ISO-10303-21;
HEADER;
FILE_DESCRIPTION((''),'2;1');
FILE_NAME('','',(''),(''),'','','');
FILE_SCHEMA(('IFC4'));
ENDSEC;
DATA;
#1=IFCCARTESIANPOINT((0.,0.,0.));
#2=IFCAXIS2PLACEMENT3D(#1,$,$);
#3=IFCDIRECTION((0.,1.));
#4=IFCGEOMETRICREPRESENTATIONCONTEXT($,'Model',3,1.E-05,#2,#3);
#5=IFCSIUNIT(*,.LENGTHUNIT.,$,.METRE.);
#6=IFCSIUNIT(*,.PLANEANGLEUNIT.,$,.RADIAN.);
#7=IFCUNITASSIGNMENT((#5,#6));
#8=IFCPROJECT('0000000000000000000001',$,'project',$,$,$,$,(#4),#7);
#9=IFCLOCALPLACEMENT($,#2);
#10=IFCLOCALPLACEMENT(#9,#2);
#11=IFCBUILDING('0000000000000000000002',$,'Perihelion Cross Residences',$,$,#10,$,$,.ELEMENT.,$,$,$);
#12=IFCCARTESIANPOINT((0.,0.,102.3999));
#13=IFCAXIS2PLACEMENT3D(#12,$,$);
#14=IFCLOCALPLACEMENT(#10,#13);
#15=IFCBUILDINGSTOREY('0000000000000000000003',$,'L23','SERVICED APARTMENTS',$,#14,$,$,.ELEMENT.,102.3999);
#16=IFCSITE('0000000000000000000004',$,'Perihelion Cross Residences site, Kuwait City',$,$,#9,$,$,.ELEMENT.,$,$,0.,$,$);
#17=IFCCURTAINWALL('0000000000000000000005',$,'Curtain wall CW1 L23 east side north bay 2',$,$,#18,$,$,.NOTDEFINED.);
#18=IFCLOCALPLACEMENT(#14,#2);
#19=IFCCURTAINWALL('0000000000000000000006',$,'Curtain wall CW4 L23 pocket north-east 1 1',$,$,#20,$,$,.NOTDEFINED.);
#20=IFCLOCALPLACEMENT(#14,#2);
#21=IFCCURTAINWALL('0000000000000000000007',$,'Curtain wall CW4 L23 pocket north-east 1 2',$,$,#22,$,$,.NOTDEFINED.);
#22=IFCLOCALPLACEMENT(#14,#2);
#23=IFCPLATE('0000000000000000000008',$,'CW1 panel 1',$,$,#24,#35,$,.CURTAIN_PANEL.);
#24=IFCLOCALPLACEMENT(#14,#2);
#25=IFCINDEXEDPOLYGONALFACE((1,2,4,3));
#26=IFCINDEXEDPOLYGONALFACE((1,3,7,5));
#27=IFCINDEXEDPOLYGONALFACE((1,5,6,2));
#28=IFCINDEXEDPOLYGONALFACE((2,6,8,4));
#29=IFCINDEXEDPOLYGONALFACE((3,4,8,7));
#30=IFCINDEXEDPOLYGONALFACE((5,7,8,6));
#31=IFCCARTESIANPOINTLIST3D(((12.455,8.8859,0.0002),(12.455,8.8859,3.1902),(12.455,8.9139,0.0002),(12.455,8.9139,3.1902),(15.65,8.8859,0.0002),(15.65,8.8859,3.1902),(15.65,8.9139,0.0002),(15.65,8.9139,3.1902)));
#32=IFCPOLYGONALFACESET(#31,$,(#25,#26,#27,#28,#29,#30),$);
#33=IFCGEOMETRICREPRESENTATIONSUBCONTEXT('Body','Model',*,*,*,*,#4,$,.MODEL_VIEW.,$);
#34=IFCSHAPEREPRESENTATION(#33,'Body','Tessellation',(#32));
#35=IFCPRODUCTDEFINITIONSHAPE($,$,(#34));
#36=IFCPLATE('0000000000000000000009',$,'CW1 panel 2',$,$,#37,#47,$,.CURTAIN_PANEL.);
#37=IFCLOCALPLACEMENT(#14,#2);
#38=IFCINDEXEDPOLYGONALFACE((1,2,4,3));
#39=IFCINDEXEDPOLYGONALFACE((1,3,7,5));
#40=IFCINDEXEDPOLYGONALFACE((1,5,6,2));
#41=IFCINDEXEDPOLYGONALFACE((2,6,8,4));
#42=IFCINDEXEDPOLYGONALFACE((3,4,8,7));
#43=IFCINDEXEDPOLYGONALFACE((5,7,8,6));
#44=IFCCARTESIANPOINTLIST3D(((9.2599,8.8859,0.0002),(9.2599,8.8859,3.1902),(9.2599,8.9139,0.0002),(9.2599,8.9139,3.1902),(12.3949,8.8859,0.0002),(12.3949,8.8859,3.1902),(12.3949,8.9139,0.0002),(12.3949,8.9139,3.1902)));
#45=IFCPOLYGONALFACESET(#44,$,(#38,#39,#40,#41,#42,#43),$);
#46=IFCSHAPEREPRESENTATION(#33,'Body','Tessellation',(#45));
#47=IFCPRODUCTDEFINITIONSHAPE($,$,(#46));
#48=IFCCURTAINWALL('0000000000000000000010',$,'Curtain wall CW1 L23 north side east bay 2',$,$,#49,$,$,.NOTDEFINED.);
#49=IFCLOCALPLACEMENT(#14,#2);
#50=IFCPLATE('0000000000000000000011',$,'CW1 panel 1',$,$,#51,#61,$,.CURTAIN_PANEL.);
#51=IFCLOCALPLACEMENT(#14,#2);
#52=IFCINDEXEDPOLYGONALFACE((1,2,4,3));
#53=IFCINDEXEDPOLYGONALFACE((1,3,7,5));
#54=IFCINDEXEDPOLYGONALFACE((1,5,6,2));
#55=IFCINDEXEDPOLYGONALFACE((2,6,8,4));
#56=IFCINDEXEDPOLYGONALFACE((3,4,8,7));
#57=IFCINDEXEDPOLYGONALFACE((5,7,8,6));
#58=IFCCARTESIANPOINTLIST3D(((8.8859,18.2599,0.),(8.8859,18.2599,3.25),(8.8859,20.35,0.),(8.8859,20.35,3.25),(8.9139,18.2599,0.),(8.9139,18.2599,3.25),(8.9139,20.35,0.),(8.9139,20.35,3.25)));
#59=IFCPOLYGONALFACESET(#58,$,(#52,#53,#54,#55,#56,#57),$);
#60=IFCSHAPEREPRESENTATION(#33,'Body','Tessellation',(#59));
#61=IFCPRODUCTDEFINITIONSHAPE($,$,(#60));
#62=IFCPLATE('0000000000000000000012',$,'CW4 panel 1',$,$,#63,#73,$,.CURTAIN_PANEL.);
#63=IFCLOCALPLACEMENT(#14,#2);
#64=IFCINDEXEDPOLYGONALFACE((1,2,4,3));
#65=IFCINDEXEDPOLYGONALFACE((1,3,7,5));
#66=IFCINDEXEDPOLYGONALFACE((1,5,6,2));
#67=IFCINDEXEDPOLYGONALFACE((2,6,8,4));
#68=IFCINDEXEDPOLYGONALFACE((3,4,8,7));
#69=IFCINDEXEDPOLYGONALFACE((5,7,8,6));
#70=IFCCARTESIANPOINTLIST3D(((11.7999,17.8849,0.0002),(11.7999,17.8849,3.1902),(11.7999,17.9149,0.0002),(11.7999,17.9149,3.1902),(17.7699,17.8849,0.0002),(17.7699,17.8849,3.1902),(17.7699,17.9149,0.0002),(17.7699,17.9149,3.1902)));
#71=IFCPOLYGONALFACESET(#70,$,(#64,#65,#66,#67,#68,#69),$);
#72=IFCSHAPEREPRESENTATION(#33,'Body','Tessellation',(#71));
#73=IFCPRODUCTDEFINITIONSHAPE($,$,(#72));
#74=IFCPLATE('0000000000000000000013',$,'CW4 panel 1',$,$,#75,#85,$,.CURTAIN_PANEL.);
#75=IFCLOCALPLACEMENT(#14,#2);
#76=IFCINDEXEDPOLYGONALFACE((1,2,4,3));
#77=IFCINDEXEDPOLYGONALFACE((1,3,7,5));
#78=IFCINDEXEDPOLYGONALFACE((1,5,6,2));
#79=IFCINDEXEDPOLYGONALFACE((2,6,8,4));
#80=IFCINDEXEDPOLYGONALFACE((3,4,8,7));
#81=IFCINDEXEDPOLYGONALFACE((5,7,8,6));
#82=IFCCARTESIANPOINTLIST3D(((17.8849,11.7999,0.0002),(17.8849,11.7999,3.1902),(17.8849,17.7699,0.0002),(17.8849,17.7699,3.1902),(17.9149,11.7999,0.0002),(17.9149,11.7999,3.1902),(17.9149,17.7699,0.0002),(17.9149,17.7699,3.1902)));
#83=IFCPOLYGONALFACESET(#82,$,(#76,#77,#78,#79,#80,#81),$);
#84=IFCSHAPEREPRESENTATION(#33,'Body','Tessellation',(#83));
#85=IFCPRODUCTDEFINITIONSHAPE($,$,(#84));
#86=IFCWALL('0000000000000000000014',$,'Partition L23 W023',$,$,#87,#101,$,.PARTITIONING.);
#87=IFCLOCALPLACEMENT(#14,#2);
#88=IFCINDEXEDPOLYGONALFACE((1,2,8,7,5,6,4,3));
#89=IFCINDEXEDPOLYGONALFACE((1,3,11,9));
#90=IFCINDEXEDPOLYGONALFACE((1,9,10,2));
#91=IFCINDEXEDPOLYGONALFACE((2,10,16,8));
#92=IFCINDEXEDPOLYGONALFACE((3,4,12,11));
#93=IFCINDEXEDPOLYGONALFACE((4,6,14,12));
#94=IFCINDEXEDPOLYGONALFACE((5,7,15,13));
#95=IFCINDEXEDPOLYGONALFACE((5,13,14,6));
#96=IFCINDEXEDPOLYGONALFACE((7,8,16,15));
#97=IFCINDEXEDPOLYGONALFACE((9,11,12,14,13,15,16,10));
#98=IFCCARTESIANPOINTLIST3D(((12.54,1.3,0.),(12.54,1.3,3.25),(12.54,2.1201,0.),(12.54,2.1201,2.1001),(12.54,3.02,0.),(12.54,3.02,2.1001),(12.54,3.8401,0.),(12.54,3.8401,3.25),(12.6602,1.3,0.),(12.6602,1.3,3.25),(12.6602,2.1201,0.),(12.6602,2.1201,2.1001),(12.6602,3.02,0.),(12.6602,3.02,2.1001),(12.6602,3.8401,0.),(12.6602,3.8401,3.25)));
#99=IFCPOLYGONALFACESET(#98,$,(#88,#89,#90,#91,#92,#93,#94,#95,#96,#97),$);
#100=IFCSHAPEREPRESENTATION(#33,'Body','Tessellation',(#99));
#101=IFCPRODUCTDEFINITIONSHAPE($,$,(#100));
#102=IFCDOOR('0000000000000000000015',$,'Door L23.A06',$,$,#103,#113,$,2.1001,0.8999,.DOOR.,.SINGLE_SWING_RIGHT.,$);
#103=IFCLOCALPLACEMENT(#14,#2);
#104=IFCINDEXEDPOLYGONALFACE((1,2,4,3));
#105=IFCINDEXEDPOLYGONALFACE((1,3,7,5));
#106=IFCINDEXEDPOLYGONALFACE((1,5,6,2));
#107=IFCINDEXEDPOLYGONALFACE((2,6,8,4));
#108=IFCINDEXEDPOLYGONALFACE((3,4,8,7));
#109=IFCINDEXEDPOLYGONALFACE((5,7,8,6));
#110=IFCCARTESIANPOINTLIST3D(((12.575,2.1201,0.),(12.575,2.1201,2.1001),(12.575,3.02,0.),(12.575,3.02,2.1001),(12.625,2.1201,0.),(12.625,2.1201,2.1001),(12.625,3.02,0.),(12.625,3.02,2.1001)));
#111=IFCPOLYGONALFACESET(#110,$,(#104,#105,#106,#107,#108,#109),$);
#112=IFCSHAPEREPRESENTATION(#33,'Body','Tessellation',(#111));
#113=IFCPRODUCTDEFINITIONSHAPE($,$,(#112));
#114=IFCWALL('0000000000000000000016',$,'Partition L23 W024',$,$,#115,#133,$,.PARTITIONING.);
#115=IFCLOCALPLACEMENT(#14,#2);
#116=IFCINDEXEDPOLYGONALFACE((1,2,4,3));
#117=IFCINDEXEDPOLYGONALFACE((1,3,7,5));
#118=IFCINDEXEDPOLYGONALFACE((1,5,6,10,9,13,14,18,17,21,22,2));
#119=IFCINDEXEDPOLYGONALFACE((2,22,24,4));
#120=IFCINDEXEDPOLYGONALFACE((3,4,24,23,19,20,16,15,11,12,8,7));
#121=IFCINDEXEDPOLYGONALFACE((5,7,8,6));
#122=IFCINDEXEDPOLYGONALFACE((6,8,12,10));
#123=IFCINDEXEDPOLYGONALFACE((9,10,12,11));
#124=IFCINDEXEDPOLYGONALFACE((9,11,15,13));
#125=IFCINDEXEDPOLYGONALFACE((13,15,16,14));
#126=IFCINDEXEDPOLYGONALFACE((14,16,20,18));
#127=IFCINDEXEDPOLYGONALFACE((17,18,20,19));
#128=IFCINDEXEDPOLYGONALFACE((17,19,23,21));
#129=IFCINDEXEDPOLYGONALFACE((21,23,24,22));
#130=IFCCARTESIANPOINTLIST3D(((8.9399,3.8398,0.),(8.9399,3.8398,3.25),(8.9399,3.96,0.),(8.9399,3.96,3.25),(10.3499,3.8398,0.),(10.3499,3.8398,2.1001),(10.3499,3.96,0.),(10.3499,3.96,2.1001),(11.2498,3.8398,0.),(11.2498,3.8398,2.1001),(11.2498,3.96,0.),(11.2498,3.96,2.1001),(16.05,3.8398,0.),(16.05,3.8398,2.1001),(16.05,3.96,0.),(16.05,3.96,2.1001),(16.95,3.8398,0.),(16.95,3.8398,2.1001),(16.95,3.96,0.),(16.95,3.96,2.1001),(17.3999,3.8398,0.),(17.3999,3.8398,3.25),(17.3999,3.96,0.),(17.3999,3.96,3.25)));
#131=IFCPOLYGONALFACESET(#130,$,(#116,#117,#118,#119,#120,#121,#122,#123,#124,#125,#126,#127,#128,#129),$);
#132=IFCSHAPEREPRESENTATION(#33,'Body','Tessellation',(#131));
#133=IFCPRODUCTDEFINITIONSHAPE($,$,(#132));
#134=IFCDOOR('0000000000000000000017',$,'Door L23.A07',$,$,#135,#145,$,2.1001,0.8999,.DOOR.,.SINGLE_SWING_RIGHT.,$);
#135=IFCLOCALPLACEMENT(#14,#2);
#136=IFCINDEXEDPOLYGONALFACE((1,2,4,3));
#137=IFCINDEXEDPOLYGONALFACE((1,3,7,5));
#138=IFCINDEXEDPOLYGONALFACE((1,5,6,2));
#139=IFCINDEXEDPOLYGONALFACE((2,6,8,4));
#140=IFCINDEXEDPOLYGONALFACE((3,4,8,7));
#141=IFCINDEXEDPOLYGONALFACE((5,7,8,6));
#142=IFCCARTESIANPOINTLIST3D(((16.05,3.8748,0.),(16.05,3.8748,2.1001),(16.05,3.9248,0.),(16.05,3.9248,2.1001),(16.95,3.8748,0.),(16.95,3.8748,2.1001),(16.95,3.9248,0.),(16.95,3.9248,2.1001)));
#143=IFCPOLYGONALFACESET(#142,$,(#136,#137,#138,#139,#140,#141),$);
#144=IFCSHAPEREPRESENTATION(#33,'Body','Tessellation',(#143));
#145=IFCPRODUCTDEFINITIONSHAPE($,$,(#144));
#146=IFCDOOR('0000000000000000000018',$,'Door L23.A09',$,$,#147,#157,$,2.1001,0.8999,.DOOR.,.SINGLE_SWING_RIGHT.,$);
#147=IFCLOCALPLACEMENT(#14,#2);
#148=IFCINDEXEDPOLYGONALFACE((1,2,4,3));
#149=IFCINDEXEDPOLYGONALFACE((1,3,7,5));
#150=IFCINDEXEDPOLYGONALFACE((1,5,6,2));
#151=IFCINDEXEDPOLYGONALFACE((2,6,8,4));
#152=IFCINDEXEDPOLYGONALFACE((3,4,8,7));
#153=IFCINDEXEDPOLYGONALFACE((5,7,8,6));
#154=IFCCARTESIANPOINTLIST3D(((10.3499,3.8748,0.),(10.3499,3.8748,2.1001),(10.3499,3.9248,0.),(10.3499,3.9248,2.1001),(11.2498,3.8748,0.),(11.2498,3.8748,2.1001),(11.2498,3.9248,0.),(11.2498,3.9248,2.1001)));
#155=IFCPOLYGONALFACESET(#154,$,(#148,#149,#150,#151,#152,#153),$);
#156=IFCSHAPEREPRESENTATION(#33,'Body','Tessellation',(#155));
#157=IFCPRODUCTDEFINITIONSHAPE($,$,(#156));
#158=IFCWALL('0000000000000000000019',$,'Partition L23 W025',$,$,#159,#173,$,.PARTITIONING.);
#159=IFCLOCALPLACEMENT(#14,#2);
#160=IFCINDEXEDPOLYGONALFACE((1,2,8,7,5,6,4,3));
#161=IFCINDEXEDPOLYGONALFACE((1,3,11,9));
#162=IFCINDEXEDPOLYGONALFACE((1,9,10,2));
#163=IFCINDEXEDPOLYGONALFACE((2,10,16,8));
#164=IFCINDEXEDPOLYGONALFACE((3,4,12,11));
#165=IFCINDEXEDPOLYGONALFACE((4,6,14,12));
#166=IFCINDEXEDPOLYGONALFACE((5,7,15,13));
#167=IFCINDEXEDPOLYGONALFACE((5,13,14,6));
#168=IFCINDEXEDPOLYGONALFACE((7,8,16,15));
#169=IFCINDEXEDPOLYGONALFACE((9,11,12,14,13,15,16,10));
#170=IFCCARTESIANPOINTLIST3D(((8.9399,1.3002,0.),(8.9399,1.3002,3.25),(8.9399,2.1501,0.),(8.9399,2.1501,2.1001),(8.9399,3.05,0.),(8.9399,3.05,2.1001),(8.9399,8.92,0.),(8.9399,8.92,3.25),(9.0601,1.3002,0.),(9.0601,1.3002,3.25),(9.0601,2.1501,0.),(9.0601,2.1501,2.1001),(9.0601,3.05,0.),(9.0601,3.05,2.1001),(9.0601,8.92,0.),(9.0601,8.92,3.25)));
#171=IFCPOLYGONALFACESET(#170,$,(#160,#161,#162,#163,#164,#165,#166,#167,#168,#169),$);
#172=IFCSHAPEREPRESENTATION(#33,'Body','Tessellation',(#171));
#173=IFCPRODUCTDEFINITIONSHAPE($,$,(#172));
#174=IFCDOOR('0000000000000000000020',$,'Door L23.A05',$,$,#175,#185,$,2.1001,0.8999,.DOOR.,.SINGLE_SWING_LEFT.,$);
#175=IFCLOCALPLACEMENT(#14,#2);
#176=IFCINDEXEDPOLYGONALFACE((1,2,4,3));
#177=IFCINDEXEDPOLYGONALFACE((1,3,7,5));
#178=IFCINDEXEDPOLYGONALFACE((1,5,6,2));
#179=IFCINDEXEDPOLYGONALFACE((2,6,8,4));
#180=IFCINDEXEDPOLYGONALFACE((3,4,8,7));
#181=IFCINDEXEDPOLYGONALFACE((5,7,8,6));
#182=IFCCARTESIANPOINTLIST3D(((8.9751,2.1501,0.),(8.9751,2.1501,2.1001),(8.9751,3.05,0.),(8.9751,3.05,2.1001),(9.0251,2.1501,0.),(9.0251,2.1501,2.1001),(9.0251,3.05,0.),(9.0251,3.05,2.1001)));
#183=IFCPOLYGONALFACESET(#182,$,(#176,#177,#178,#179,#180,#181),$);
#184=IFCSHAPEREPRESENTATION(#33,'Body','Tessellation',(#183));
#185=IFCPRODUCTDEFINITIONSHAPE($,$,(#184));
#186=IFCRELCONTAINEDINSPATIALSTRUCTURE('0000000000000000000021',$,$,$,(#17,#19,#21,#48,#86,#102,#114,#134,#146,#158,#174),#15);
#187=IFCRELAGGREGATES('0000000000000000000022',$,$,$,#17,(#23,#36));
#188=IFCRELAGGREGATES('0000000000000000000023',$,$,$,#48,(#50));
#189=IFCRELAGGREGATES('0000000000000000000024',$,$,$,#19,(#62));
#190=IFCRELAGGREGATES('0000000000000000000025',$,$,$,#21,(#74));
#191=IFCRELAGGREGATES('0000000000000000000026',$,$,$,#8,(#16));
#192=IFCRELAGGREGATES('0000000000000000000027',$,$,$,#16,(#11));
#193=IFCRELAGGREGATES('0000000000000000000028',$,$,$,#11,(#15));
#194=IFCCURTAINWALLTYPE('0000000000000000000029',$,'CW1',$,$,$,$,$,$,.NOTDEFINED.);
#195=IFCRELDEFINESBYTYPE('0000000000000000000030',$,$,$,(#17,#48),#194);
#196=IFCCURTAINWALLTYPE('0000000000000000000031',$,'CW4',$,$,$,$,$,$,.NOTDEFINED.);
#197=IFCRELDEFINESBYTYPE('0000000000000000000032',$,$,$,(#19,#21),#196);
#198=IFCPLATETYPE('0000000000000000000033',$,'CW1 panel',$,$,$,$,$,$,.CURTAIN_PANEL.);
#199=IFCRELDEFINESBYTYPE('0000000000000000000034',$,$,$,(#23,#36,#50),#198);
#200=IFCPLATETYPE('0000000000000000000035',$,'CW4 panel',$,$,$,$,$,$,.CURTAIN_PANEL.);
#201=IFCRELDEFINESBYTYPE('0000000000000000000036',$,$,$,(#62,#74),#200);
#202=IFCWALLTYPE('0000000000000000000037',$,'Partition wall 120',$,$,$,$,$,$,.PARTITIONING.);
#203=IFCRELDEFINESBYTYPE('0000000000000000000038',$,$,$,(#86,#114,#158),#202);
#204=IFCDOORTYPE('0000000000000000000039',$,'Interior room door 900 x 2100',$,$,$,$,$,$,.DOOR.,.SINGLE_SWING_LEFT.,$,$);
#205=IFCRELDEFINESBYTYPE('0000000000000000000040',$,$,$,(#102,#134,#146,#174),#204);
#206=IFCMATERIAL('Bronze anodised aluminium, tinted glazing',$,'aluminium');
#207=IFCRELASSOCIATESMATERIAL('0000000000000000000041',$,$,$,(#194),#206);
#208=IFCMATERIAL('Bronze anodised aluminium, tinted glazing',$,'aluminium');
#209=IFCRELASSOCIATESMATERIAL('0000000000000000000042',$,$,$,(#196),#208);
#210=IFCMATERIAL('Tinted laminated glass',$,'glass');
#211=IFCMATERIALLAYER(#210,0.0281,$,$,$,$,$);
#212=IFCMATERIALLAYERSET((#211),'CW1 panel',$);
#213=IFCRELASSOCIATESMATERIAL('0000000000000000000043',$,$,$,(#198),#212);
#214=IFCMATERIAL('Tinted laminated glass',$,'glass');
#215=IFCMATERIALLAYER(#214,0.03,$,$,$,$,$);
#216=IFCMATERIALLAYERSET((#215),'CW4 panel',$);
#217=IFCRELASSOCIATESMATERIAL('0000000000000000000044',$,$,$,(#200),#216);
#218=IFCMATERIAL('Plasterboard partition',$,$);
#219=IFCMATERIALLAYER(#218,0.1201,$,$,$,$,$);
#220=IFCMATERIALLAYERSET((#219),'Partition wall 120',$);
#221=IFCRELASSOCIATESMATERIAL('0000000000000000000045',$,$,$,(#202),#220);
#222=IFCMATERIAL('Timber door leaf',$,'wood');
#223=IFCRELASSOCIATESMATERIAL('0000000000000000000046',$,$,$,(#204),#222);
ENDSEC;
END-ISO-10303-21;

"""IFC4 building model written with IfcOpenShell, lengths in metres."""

from ifc_helpers import new_model, si_unit, direction, frame, frame_2d, origin, origin_2d, place, context, subcontext, project, spatial, rectangle, extrude, material, layer, layer_set, type_object, element, fill, aggregate, save


model = new_model("IFC4")

# Units and contexts
model_context = context("Model", 3, precision=1e-05, world=origin(), true_north=direction((0.0, 1.0)))
body_context = subcontext(model_context, "Body", "Model", "MODEL_VIEW")
ifc_project = project(units=[si_unit("LENGTHUNIT", "METRE"), si_unit("PLANEANGLEUNIT", "RADIAN")], contexts=[model_context])

# Site, building, storey
site_placement = place(None, origin())
site = spatial("IfcSite", under=ifc_project, at=site_placement, Name="Perihelion Cross Residences site, Kuwait City", CompositionType="ELEMENT", RefElevation=0.0)
building_placement = place(site_placement, origin())
building = spatial("IfcBuilding", under=site, at=building_placement, Name="Perihelion Cross Residences", CompositionType="ELEMENT")
storey_placement = place(building_placement, frame((0.0, 0.0, 102.3999)))
storey = spatial("IfcBuildingStorey", under=building, at=storey_placement, Name="L23", Description="SERVICED APARTMENTS", CompositionType="ELEMENT", Elevation=102.3999)

# Curtain walls
ifc_material_1 = material(Name="Bronze anodised aluminium, tinted glazing", Category="aluminium")
curtain_wall_type_1 = type_object("IfcCurtainWallType", Name="CW1", PredefinedType="NOTDEFINED", material=ifc_material_1)
curtain_wall_1_placement = place(storey_placement, origin())
curtain_wall_1 = element("IfcCurtainWall", 1, at=curtain_wall_1_placement, inside=storey, type_object=curtain_wall_type_1, Name="Curtain wall CW1 L23 east side north bay 2", PredefinedType="NOTDEFINED")
ifc_material_2 = material(Name="Bronze anodised aluminium, tinted glazing", Category="aluminium")
curtain_wall_type_2 = type_object("IfcCurtainWallType", Name="CW4", PredefinedType="NOTDEFINED", material=ifc_material_2)
curtain_wall_2_placement = place(storey_placement, origin())
curtain_wall_2 = element("IfcCurtainWall", 2, at=curtain_wall_2_placement, inside=storey, type_object=curtain_wall_type_2, Name="Curtain wall CW4 L23 pocket north-east 1 1", PredefinedType="NOTDEFINED")
curtain_wall_3_placement = place(storey_placement, origin())
curtain_wall_3 = element("IfcCurtainWall", 3, at=curtain_wall_3_placement, inside=storey, type_object=curtain_wall_type_2, Name="Curtain wall CW4 L23 pocket north-east 1 2", PredefinedType="NOTDEFINED")

# Plates
ifc_material_3 = material(Name="Tinted laminated glass", Category="glass")
ifc_layer_1 = layer(ifc_material_3, 0.0281)
ifc_layer_set_1 = layer_set([ifc_layer_1], Name="CW1 panel")
plate_type_1 = type_object("IfcPlateType", Name="CW1 panel", PredefinedType="CURTAIN_PANEL", material=ifc_layer_set_1)
plate_1_placement = place(storey_placement, frame((14.0525, 8.8999, 0.0002), z_axis=(0.0, 0.0, 1.0), x_axis=(-1.0, 0.0, 0.0)))
plate_1 = element("IfcPlate", 4, at=plate_1_placement, type_object=plate_type_1, Name="CW1 panel 1", PredefinedType="CURTAIN_PANEL", context=body_context, shape_type="SweptSolid", body=[
    extrude(rectangle(XDim=3.1951, YDim=0.0281, at=origin_2d()), origin(), (0.0, 0.0, 1.0), 3.1899),
])
plate_2_placement = place(storey_placement, frame((10.8274, 8.8999, 0.0002), z_axis=(0.0, 0.0, 1.0), x_axis=(-1.0, 0.0, 0.0)))
plate_2 = element("IfcPlate", 5, at=plate_2_placement, type_object=plate_type_1, Name="CW1 panel 2", PredefinedType="CURTAIN_PANEL", context=body_context, shape_type="SweptSolid", body=[
    extrude(rectangle(XDim=3.135, YDim=0.0281, at=origin_2d()), origin(), (0.0, 0.0, 1.0), 3.1899),
])
aggregate(curtain_wall_1, [plate_1, plate_2])

# Curtain wall, plate
curtain_wall_4_placement = place(storey_placement, origin())
curtain_wall_4 = element("IfcCurtainWall", 6, at=curtain_wall_4_placement, inside=storey, type_object=curtain_wall_type_1, Name="Curtain wall CW1 L23 north side east bay 2", PredefinedType="NOTDEFINED")
plate_3_placement = place(storey_placement, frame((8.8999, 19.3049, 0.0), z_axis=(0.0, 0.0, 1.0), x_axis=(0.0, 1.0, 0.0)))
plate_3 = element("IfcPlate", 7, at=plate_3_placement, type_object=plate_type_1, Name="CW1 panel 1", PredefinedType="CURTAIN_PANEL", context=body_context, shape_type="SweptSolid", body=[
    extrude(rectangle(XDim=2.0901, YDim=0.0281, at=origin_2d()), origin(), (0.0, 0.0, 1.0), 3.25),
])
aggregate(curtain_wall_4, [plate_3])

# Plates
ifc_material_4 = material(Name="Tinted laminated glass", Category="glass")
ifc_layer_2 = layer(ifc_material_4, 0.03)
ifc_layer_set_2 = layer_set([ifc_layer_2], Name="CW4 panel")
plate_type_2 = type_object("IfcPlateType", Name="CW4 panel", PredefinedType="CURTAIN_PANEL", material=ifc_layer_set_2)
plate_4_placement = place(storey_placement, frame((14.7849, 17.8999, 0.0002), z_axis=(0.0, 0.0, 1.0), x_axis=(1.0, 0.0, 0.0)))
plate_4 = element("IfcPlate", 8, at=plate_4_placement, type_object=plate_type_2, Name="CW4 panel 1", PredefinedType="CURTAIN_PANEL", context=body_context, shape_type="SweptSolid", body=[
    extrude(rectangle(XDim=5.97, YDim=0.03, at=origin_2d()), origin(), (0.0, 0.0, 1.0), 3.1899),
])
aggregate(curtain_wall_2, [plate_4])
plate_5_placement = place(storey_placement, frame((17.8999, 14.7849, 0.0002), z_axis=(0.0, 0.0, 1.0), x_axis=(0.0, -1.0, 0.0)))
plate_5 = element("IfcPlate", 9, at=plate_5_placement, type_object=plate_type_2, Name="CW4 panel 1", PredefinedType="CURTAIN_PANEL", context=body_context, shape_type="SweptSolid", body=[
    extrude(rectangle(XDim=5.97, YDim=0.03, at=origin_2d()), origin(), (0.0, 0.0, 1.0), 3.1899),
])
aggregate(curtain_wall_3, [plate_5])

# Wall, opening, door
ifc_material_5 = material(Name="Plasterboard partition")
ifc_layer_3 = layer(ifc_material_5, 0.1201)
ifc_layer_set_3 = layer_set([ifc_layer_3], Name="Partition wall 120")
wall_type_1 = type_object("IfcWallType", Name="Partition wall 120", PredefinedType="PARTITIONING", material=ifc_layer_set_3)
wall_1_placement = place(storey_placement, frame((12.6001, 3.8401, 0.0), z_axis=(0.0, 0.0, 1.0), x_axis=(0.0, -1.0, 0.0)))
wall_1 = element("IfcWall", 10, at=wall_1_placement, inside=storey, type_object=wall_type_1, Name="Partition L23 W023", PredefinedType="PARTITIONING", context=body_context, shape_type="SweptSolid", body=[
    extrude(rectangle(XDim=2.54, YDim=0.1201, at=frame_2d((1.27, 0.0))), origin(), (0.0, 0.0, 1.0), 3.25),
])
opening_1_placement = place(wall_1_placement, frame((0.8201, 0.0, 0.0)))
opening_1 = element("IfcOpeningElement", 11, at=opening_1_placement, cuts=wall_1, PredefinedType="OPENING", context=body_context, shape_type="SweptSolid", body=[
    extrude(rectangle(XDim=0.8999, YDim=2.1001, at=frame_2d((0.45, 1.05))), frame((0.0, 0.0701, 0.0), z_axis=(0.0, -1.0, 0.0), x_axis=(1.0, 0.0, 0.0)), (0.0, 0.0, 1.0), 0.1401),
])
ifc_material_6 = material(Name="Timber door leaf", Category="wood")
door_type_1 = type_object("IfcDoorType", Name="Interior room door 900 x 2100", OperationType="SINGLE_SWING_LEFT", PredefinedType="DOOR", material=ifc_material_6)
door_1_placement = place(opening_1_placement, origin())
door_1 = element("IfcDoor", 12, at=door_1_placement, inside=storey, type_object=door_type_1, Name="Door L23.A06", OperationType="SINGLE_SWING_RIGHT", OverallHeight=2.1001, OverallWidth=0.8999, PredefinedType="DOOR", context=body_context, shape_type="SweptSolid", body=[
    extrude(rectangle(XDim=0.8999, YDim=2.1001, at=frame_2d((0.45, 1.05))), frame((0.0, 0.0249, 0.0), z_axis=(0.0, -1.0, 0.0), x_axis=(1.0, 0.0, 0.0)), (0.0, 0.0, 1.0), 0.05),
])
fill(opening_1, door_1)

# Wall, openings, doors
wall_2_placement = place(storey_placement, frame((8.9399, 3.8999, 0.0), z_axis=(0.0, 0.0, 1.0), x_axis=(1.0, 0.0, 0.0)))
wall_2 = element("IfcWall", 13, at=wall_2_placement, inside=storey, type_object=wall_type_1, Name="Partition L23 W024", PredefinedType="PARTITIONING", context=body_context, shape_type="SweptSolid", body=[
    extrude(rectangle(XDim=8.46, YDim=0.1201, at=frame_2d((4.23, 0.0))), origin(), (0.0, 0.0, 1.0), 3.25),
])
opening_2_placement = place(wall_2_placement, frame((7.1101, 0.0, 0.0)))
opening_2 = element("IfcOpeningElement", 14, at=opening_2_placement, cuts=wall_2, PredefinedType="OPENING", context=body_context, shape_type="SweptSolid", body=[
    extrude(rectangle(XDim=0.8999, YDim=2.1001, at=frame_2d((0.45, 1.05))), frame((0.0, 0.0701, 0.0), z_axis=(0.0, -1.0, 0.0), x_axis=(1.0, 0.0, 0.0)), (0.0, 0.0, 1.0), 0.1401),
])
opening_3_placement = place(wall_2_placement, frame((1.4099, 0.0, 0.0)))
opening_3 = element("IfcOpeningElement", 15, at=opening_3_placement, cuts=wall_2, PredefinedType="OPENING", context=body_context, shape_type="SweptSolid", body=[
    extrude(rectangle(XDim=0.8999, YDim=2.1001, at=frame_2d((0.45, 1.05))), frame((0.0, 0.0701, 0.0), z_axis=(0.0, -1.0, 0.0), x_axis=(1.0, 0.0, 0.0)), (0.0, 0.0, 1.0), 0.1401),
])
door_2_placement = place(opening_2_placement, origin())
door_2 = element("IfcDoor", 16, at=door_2_placement, inside=storey, type_object=door_type_1, Name="Door L23.A07", OperationType="SINGLE_SWING_RIGHT", OverallHeight=2.1001, OverallWidth=0.8999, PredefinedType="DOOR", context=body_context, shape_type="SweptSolid", body=[
    extrude(rectangle(XDim=0.8999, YDim=2.1001, at=frame_2d((0.45, 1.05))), frame((0.0, 0.0249, 0.0), z_axis=(0.0, -1.0, 0.0), x_axis=(1.0, 0.0, 0.0)), (0.0, 0.0, 1.0), 0.05),
])
fill(opening_2, door_2)
door_3_placement = place(opening_3_placement, origin())
door_3 = element("IfcDoor", 17, at=door_3_placement, inside=storey, type_object=door_type_1, Name="Door L23.A09", OperationType="SINGLE_SWING_RIGHT", OverallHeight=2.1001, OverallWidth=0.8999, PredefinedType="DOOR", context=body_context, shape_type="SweptSolid", body=[
    extrude(rectangle(XDim=0.8999, YDim=2.1001, at=frame_2d((0.45, 1.05))), frame((0.0, 0.0249, 0.0), z_axis=(0.0, -1.0, 0.0), x_axis=(1.0, 0.0, 0.0)), (0.0, 0.0, 1.0), 0.05),
])
fill(opening_3, door_3)

# Wall, opening, door
wall_3_placement = place(storey_placement, frame((9.0, 1.3, 0.0), z_axis=(0.0, 0.0, 1.0), x_axis=(0.0, 1.0, 0.0)))
wall_3 = element("IfcWall", 18, at=wall_3_placement, inside=storey, type_object=wall_type_1, Name="Partition L23 W025", PredefinedType="PARTITIONING", context=body_context, shape_type="SweptSolid", body=[
    extrude(rectangle(XDim=7.6199, YDim=0.1201, at=frame_2d((3.8101, 0.0))), origin(), (0.0, 0.0, 1.0), 3.25),
])
opening_4_placement = place(wall_3_placement, frame((0.8501, 0.0, 0.0)))
opening_4 = element("IfcOpeningElement", 19, at=opening_4_placement, cuts=wall_3, PredefinedType="OPENING", context=body_context, shape_type="SweptSolid", body=[
    extrude(rectangle(XDim=0.8999, YDim=2.1001, at=frame_2d((0.45, 1.05))), frame((0.0, 0.0701, 0.0), z_axis=(0.0, -1.0, 0.0), x_axis=(1.0, 0.0, 0.0)), (0.0, 0.0, 1.0), 0.1401),
])
door_4_placement = place(opening_4_placement, origin())
door_4 = element("IfcDoor", 20, at=door_4_placement, inside=storey, type_object=door_type_1, Name="Door L23.A05", OperationType="SINGLE_SWING_LEFT", OverallHeight=2.1001, OverallWidth=0.8999, PredefinedType="DOOR", context=body_context, shape_type="SweptSolid", body=[
    extrude(rectangle(XDim=0.8999, YDim=2.1001, at=frame_2d((0.45, 1.05))), frame((0.0, 0.0249, 0.0), z_axis=(0.0, -1.0, 0.0), x_axis=(1.0, 0.0, 0.0)), (0.0, 0.0, 1.0), 0.05),
])
fill(opening_4, door_4)

save(model, "model.ifc")
